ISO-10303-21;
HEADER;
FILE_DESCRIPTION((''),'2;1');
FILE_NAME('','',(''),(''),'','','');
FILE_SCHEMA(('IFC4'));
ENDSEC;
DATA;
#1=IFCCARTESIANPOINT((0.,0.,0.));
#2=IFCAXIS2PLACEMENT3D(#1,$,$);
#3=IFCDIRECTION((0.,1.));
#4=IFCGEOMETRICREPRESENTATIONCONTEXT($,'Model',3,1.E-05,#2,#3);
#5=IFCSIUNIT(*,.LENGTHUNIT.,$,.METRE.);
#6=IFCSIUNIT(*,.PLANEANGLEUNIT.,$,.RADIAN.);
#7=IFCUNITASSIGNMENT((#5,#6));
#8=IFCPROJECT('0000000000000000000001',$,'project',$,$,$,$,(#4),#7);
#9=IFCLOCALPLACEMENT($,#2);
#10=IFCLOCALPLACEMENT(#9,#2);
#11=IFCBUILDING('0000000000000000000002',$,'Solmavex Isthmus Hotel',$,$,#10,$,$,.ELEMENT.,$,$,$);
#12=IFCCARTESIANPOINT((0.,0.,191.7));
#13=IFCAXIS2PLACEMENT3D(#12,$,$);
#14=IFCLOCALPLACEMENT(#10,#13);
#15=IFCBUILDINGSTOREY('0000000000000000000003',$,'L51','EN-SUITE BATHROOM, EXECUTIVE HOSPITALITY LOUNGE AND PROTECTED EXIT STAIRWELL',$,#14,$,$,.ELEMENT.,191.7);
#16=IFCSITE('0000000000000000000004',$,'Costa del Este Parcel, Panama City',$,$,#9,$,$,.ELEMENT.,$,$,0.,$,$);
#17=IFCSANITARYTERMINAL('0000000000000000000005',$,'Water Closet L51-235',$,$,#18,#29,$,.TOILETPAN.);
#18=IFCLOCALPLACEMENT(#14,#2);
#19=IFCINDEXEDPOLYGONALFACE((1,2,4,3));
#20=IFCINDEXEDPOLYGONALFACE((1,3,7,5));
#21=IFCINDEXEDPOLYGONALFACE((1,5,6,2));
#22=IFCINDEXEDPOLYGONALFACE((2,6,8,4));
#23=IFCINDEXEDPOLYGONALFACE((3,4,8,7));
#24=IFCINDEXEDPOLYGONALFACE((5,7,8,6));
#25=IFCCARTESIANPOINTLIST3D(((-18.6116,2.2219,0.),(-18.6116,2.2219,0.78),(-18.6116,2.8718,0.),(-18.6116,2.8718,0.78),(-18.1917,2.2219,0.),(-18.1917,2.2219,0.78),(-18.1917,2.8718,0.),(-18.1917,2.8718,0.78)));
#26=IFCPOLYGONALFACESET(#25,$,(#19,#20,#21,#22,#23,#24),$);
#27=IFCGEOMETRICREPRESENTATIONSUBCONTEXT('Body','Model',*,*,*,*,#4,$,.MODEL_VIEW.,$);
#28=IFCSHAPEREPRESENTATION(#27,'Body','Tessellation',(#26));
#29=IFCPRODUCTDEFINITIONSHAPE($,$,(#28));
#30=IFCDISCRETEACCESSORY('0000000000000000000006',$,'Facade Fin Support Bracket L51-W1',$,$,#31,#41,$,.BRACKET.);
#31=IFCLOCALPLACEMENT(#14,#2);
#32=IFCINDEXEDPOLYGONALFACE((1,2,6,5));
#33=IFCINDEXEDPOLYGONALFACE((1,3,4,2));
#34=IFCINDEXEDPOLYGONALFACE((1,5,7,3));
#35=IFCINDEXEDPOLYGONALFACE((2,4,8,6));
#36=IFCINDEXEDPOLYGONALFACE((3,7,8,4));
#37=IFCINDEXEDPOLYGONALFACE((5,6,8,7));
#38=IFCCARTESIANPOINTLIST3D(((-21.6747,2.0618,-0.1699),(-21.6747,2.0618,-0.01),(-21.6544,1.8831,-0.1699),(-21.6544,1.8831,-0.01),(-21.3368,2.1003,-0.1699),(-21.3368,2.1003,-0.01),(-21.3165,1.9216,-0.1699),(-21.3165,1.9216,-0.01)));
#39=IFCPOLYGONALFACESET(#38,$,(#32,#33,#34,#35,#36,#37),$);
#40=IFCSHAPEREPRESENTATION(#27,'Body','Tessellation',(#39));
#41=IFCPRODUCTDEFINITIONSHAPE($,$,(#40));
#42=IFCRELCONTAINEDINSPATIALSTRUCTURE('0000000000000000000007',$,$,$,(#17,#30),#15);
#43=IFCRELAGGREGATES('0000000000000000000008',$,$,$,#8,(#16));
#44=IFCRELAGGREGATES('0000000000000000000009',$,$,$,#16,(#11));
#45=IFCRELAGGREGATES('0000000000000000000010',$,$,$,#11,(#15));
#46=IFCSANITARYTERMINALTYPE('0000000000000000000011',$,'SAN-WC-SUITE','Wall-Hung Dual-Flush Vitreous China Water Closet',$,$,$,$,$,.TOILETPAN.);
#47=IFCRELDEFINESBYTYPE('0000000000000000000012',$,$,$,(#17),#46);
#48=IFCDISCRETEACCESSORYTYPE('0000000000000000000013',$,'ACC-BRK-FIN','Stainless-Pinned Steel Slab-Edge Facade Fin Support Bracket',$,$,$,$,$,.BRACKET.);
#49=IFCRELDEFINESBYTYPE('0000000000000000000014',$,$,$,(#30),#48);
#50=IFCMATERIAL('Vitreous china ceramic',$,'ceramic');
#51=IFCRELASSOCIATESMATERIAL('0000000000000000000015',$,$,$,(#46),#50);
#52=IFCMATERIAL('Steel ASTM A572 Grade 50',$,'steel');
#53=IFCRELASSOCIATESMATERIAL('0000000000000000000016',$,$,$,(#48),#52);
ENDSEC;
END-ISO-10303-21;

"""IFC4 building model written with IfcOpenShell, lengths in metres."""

from ifc_helpers import new_model, si_unit, direction, frame, origin, origin_2d, place, context, subcontext, project, spatial, rectangle, extrude, material, type_object, element, save


model = new_model("IFC4")

# Units and contexts
model_context = context("Model", 3, precision=1e-05, world=origin(), true_north=direction((0.0, 1.0)))
body_context = subcontext(model_context, "Body", "Model", "MODEL_VIEW")
ifc_project = project(units=[si_unit("LENGTHUNIT", "METRE"), si_unit("PLANEANGLEUNIT", "RADIAN")], contexts=[model_context])

# Site, building, storey
site_placement = place(None, origin())
site = spatial("IfcSite", under=ifc_project, at=site_placement, Name="Costa del Este Parcel, Panama City", CompositionType="ELEMENT", RefElevation=0.0)
building_placement = place(site_placement, origin())
building = spatial("IfcBuilding", under=site, at=building_placement, Name="Solmavex Isthmus Hotel", CompositionType="ELEMENT")
storey_placement = place(building_placement, frame((0.0, 0.0, 191.7)))
storey = spatial("IfcBuildingStorey", under=building, at=storey_placement, Name="L51", Description="EN-SUITE BATHROOM, EXECUTIVE HOSPITALITY LOUNGE AND PROTECTED EXIT STAIRWELL", CompositionType="ELEMENT", Elevation=191.7)

# Shared definitions
ifc_material_1 = material(Name="Steel ASTM A572 Grade 50", Category="steel")

# Sanitary terminal
ifc_material_2 = material(Name="Vitreous china ceramic", Category="ceramic")
sanitary_terminal_type_1 = type_object("IfcSanitaryTerminalType", Name="SAN-WC-SUITE", Description="Wall-Hung Dual-Flush Vitreous China Water Closet", PredefinedType="TOILETPAN", material=ifc_material_2)
sanitary_terminal_1_placement = place(storey_placement, frame((-18.4016, 2.5469, 0.0), z_axis=(0.0, 0.0, 1.0), x_axis=(1.0, 0.0, 0.0)))
element("IfcSanitaryTerminal", 1, at=sanitary_terminal_1_placement, inside=storey, type_object=sanitary_terminal_type_1, Name="Water Closet L51-235", PredefinedType="TOILETPAN", context=body_context, shape_type="SweptSolid", body=[
    extrude(rectangle(XDim=0.4199, YDim=0.6499, at=origin_2d()), origin(), (0.0, 0.0, 1.0), 0.78),
])

# Discrete accessory
discrete_accessory_type = type_object("IfcDiscreteAccessoryType", Name="ACC-BRK-FIN", Description="Stainless-Pinned Steel Slab-Edge Facade Fin Support Bracket", PredefinedType="BRACKET", material=ifc_material_1)
discrete_accessory_placement = place(storey_placement, frame((-21.4956, 1.9917, -0.1699), z_axis=(0.0, 0.0, 1.0), x_axis=(-0.993572, -0.113203, 0.0)))
element("IfcDiscreteAccessory", 2, at=discrete_accessory_placement, inside=storey, type_object=discrete_accessory_type, Name="Facade Fin Support Bracket L51-W1", PredefinedType="BRACKET", context=body_context, shape_type="SweptSolid", body=[
    extrude(rectangle(XDim=0.3401, YDim=0.1799, at=origin_2d()), origin(), (0.0, 0.0, 1.0), 0.1599),
])

save(model, "model.ifc")
